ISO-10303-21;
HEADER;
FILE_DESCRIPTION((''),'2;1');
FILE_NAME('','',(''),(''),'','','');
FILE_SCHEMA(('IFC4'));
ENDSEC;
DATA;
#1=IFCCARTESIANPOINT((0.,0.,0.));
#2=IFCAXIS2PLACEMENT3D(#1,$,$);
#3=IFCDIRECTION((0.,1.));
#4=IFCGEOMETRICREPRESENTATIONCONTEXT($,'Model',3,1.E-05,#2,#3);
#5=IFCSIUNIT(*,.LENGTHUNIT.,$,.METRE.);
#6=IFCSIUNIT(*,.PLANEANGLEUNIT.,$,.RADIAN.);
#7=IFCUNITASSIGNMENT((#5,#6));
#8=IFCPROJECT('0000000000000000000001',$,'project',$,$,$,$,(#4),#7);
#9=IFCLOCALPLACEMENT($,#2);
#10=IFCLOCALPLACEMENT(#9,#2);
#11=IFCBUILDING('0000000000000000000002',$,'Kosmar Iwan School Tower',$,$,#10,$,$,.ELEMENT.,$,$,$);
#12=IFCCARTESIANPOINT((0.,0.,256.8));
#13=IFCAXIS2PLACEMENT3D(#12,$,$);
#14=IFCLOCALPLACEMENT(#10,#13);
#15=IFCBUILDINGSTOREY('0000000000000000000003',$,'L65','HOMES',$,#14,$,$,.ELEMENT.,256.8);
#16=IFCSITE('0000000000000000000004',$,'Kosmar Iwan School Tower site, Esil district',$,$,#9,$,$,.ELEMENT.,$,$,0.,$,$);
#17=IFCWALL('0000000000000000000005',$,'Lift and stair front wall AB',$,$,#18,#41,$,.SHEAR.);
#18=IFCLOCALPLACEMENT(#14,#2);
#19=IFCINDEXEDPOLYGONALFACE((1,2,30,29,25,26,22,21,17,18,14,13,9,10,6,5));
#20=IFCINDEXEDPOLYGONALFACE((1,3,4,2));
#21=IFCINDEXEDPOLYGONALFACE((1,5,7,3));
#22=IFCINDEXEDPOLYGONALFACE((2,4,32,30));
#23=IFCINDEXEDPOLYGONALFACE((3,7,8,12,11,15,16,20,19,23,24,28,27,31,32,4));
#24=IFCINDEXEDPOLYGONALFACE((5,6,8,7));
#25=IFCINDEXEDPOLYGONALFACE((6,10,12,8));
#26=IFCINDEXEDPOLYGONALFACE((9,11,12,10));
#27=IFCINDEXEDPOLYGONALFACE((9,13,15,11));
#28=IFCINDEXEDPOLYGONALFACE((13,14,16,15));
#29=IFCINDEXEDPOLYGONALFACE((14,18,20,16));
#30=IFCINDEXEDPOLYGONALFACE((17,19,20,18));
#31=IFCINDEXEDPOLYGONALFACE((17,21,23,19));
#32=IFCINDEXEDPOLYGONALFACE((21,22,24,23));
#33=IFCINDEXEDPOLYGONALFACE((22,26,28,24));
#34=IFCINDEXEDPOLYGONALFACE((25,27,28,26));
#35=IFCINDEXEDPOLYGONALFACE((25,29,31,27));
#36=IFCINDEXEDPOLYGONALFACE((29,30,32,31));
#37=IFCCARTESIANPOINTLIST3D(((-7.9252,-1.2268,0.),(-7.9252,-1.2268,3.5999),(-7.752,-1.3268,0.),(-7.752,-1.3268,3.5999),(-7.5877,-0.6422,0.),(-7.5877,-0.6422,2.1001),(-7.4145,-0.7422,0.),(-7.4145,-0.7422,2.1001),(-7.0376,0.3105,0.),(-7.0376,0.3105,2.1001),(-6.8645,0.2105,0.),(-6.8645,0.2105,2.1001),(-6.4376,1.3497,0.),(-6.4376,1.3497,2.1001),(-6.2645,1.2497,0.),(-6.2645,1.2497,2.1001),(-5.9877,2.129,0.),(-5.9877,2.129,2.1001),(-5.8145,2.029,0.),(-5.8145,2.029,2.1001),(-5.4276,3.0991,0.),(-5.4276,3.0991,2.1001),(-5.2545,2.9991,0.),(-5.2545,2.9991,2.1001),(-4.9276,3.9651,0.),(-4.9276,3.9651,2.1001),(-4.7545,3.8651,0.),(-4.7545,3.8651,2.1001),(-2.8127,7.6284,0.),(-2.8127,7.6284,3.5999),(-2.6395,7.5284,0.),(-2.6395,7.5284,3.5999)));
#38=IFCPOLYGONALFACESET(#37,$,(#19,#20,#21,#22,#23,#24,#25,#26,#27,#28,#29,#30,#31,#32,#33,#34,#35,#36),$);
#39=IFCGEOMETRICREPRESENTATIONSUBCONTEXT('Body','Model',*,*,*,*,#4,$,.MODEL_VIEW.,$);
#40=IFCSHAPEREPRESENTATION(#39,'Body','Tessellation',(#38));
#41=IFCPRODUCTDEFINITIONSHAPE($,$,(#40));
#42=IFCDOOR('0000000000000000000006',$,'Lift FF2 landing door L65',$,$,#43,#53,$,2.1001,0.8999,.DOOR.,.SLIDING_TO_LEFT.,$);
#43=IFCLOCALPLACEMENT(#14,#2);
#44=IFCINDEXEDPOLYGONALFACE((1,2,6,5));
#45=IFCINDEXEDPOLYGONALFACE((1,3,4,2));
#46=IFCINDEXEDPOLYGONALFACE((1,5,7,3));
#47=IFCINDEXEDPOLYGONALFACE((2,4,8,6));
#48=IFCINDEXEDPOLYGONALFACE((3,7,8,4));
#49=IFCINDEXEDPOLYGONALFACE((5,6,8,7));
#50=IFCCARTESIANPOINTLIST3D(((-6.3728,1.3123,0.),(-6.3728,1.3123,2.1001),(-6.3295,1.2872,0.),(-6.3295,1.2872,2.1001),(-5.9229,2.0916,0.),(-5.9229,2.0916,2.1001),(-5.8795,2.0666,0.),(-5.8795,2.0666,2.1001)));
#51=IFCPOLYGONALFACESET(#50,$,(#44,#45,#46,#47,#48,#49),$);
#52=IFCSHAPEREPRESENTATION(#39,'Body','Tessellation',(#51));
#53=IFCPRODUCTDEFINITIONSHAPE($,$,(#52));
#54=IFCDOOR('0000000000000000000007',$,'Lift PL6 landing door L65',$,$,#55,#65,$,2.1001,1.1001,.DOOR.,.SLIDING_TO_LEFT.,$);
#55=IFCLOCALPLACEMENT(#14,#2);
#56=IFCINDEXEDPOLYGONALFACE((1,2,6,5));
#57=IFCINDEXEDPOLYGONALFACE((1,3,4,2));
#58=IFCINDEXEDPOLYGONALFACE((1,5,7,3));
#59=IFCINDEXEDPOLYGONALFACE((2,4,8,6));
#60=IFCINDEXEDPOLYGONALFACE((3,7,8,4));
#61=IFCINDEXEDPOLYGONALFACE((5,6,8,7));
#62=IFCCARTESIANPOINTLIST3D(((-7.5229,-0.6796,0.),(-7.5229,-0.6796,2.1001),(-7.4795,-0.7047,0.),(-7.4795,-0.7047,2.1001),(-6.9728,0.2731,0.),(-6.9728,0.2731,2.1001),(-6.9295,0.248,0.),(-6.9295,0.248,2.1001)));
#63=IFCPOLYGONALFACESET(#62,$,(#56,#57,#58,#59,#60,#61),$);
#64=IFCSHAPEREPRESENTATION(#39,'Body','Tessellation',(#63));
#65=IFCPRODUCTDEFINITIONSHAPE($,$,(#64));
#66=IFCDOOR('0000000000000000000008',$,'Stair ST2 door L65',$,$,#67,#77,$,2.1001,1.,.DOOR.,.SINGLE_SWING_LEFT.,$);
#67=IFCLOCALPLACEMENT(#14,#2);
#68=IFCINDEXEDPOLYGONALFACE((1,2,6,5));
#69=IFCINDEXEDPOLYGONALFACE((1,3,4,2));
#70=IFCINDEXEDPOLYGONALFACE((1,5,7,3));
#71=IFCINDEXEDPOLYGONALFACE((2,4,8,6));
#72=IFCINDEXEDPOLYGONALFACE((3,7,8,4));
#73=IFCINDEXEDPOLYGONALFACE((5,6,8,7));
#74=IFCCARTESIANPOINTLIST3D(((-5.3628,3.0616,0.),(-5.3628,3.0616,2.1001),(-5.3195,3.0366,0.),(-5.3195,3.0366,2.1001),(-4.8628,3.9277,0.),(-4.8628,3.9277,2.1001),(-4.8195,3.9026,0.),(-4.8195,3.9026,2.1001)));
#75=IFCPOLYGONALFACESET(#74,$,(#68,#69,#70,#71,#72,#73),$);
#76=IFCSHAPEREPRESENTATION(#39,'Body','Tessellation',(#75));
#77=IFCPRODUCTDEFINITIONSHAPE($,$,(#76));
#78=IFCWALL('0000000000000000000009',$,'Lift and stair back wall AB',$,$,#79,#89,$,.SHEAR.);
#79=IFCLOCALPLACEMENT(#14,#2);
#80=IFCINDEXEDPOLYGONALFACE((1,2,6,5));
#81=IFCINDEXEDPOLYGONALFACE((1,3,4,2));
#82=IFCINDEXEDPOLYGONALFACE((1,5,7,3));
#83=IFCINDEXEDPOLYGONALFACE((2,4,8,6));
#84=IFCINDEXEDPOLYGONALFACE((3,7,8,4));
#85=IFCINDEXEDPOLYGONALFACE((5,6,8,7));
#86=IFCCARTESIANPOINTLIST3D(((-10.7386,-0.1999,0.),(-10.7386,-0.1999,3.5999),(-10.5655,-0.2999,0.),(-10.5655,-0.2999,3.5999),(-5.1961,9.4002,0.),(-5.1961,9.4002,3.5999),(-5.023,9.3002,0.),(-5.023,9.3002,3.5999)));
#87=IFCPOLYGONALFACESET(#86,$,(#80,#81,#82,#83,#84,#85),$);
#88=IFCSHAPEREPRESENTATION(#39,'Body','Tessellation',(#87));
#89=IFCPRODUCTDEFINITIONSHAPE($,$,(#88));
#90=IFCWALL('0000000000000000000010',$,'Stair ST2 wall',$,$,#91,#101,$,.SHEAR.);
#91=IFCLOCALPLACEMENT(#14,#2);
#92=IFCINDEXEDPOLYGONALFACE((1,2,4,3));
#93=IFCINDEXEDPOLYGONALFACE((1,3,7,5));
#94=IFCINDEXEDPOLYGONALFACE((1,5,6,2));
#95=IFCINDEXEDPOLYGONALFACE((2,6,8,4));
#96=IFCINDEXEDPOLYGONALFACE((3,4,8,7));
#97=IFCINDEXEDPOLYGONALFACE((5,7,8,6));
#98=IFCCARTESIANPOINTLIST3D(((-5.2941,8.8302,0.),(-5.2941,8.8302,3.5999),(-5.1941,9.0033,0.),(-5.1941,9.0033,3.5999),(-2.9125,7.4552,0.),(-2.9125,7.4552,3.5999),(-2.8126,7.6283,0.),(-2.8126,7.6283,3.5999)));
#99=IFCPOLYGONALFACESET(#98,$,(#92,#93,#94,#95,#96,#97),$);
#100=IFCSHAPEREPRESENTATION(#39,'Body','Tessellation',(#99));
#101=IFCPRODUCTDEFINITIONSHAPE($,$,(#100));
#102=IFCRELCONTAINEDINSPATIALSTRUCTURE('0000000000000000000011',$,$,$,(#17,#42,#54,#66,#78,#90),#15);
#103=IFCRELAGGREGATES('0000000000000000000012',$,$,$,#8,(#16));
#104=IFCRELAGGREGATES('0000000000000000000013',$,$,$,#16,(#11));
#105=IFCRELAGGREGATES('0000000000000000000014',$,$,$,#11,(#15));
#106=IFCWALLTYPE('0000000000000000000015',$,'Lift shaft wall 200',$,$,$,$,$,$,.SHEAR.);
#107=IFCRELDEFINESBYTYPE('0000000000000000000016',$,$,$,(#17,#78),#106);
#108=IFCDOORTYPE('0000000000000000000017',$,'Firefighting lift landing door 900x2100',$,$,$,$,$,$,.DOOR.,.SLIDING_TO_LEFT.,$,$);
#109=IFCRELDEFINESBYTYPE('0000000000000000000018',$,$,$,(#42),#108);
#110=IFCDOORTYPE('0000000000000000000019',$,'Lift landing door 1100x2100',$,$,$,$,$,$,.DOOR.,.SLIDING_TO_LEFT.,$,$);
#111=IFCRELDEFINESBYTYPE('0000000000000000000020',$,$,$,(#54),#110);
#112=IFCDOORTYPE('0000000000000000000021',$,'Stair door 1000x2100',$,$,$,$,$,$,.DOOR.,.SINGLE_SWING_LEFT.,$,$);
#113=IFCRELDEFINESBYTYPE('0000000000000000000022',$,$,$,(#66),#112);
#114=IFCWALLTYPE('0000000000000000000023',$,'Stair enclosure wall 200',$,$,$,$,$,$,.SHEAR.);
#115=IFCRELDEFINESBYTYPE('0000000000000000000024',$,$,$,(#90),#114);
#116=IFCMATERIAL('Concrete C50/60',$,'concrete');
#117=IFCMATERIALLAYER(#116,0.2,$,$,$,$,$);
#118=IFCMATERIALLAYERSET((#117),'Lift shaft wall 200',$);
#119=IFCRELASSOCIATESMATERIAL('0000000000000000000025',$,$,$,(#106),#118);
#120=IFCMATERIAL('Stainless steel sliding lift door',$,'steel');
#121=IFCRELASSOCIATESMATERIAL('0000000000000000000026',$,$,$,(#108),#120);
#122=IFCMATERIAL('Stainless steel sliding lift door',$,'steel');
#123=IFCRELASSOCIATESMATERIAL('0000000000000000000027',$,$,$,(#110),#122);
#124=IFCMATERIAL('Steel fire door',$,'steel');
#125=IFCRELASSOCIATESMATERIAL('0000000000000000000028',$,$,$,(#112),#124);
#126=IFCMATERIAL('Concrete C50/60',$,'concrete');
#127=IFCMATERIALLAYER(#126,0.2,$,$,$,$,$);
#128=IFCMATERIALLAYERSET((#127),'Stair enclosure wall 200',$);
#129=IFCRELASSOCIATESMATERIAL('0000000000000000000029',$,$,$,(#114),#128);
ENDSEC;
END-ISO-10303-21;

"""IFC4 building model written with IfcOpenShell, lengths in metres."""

from ifc_helpers import new_model, si_unit, direction, frame, frame_2d, origin, place, context, subcontext, project, spatial, rectangle, extrude, material, layer, layer_set, type_object, element, fill, save


model = new_model("IFC4")

# Units and contexts
model_context = context("Model", 3, precision=1e-05, world=origin(), true_north=direction((0.0, 1.0)))
body_context = subcontext(model_context, "Body", "Model", "MODEL_VIEW")
ifc_project = project(units=[si_unit("LENGTHUNIT", "METRE"), si_unit("PLANEANGLEUNIT", "RADIAN")], contexts=[model_context])

# Site, building, storey
site_placement = place(None, origin())
site = spatial("IfcSite", under=ifc_project, at=site_placement, Name="Kosmar Iwan School Tower site, Esil district", CompositionType="ELEMENT", RefElevation=0.0)
building_placement = place(site_placement, origin())
building = spatial("IfcBuilding", under=site, at=building_placement, Name="Kosmar Iwan School Tower", CompositionType="ELEMENT")
storey_placement = place(building_placement, frame((0.0, 0.0, 256.8)))
storey = spatial("IfcBuildingStorey", under=building, at=storey_placement, Name="L65", Description="HOMES", CompositionType="ELEMENT", Elevation=256.8)

# Wall, openings, doors
ifc_material_1 = material(Name="Concrete C50/60", Category="concrete")
ifc_layer_1 = layer(ifc_material_1, 0.2)
ifc_layer_set_1 = layer_set([ifc_layer_1], Name="Lift shaft wall 200")
wall_type_1 = type_object("IfcWallType", Name="Lift shaft wall 200", PredefinedType="SHEAR", material=ifc_layer_set_1)
wall_1_placement = place(storey_placement, frame((-2.7261, 7.5784, 0.0), z_axis=(0.0, 0.0, 1.0), x_axis=(-0.499999, -0.866026, 0.0)))
wall_1 = element("IfcWall", 1, at=wall_1_placement, inside=storey, type_object=wall_type_1, Name="Lift and stair front wall AB", PredefinedType="SHEAR", context=body_context, shape_type="SweptSolid", body=[
    extrude(rectangle(XDim=10.2251, YDim=0.2, at=frame_2d((5.1125, 0.0))), origin(), (0.0, 0.0, 1.0), 3.5999),
])
opening_1_placement = place(wall_1_placement, frame((6.3501, 0.0, 0.0)))
opening_1 = element("IfcOpeningElement", 2, at=opening_1_placement, cuts=wall_1, PredefinedType="OPENING", context=body_context, shape_type="SweptSolid", body=[
    extrude(rectangle(XDim=0.8999, YDim=2.1001, at=frame_2d((0.45, 1.05))), frame((0.0, 0.1121, 0.0), z_axis=(0.0, -1.0, 0.0), x_axis=(1.0, 0.0, 0.0)), (0.0, 0.0, 1.0), 0.2239),
])
opening_2_placement = place(wall_1_placement, frame((8.45, 0.0, 0.0)))
opening_2 = element("IfcOpeningElement", 3, at=opening_2_placement, cuts=wall_1, PredefinedType="OPENING", context=body_context, shape_type="SweptSolid", body=[
    extrude(rectangle(XDim=1.1001, YDim=2.1001, at=frame_2d((0.55, 1.05))), frame((0.0, 0.1121, 0.0), z_axis=(0.0, -1.0, 0.0), x_axis=(1.0, 0.0, 0.0)), (0.0, 0.0, 1.0), 0.2239),
])
opening_3_placement = place(wall_1_placement, frame((4.23, 0.0, 0.0)))
opening_3 = element("IfcOpeningElement", 4, at=opening_3_placement, cuts=wall_1, PredefinedType="OPENING", context=body_context, shape_type="SweptSolid", body=[
    extrude(rectangle(XDim=1.0, YDim=2.1001, at=frame_2d((0.5, 1.05))), frame((0.0, 0.1121, 0.0), z_axis=(0.0, -1.0, 0.0), x_axis=(1.0, 0.0, 0.0)), (0.0, 0.0, 1.0), 0.2239),
])
ifc_material_2 = material(Name="Stainless steel sliding lift door", Category="steel")
door_type_1 = type_object("IfcDoorType", Name="Firefighting lift landing door 900x2100", OperationType="SLIDING_TO_LEFT", PredefinedType="DOOR", material=ifc_material_2)
door_1_placement = place(opening_1_placement, origin())
door_1 = element("IfcDoor", 5, at=door_1_placement, inside=storey, type_object=door_type_1, Name="Lift FF2 landing door L65", OperationType="SLIDING_TO_LEFT", OverallHeight=2.1001, OverallWidth=0.8999, PredefinedType="DOOR", context=body_context, shape_type="SweptSolid", body=[
    extrude(rectangle(XDim=0.8999, YDim=2.1001, at=frame_2d((0.45, 1.05))), frame((0.0, 0.0249, 0.0), z_axis=(0.0, -1.0, 0.0), x_axis=(1.0, 0.0, 0.0)), (0.0, 0.0, 1.0), 0.05),
])
fill(opening_1, door_1)
ifc_material_3 = material(Name="Stainless steel sliding lift door", Category="steel")
door_type_2 = type_object("IfcDoorType", Name="Lift landing door 1100x2100", OperationType="SLIDING_TO_LEFT", PredefinedType="DOOR", material=ifc_material_3)
door_2_placement = place(opening_2_placement, origin())
door_2 = element("IfcDoor", 6, at=door_2_placement, inside=storey, type_object=door_type_2, Name="Lift PL6 landing door L65", OperationType="SLIDING_TO_LEFT", OverallHeight=2.1001, OverallWidth=1.1001, PredefinedType="DOOR", context=body_context, shape_type="SweptSolid", body=[
    extrude(rectangle(XDim=1.1001, YDim=2.1001, at=frame_2d((0.55, 1.05))), frame((0.0, 0.0249, 0.0), z_axis=(0.0, -1.0, 0.0), x_axis=(1.0, 0.0, 0.0)), (0.0, 0.0, 1.0), 0.05),
])
fill(opening_2, door_2)
ifc_material_4 = material(Name="Steel fire door", Category="steel")
door_type_3 = type_object("IfcDoorType", Name="Stair door 1000x2100", OperationType="SINGLE_SWING_LEFT", PredefinedType="DOOR", material=ifc_material_4)
door_3_placement = place(opening_3_placement, origin())
door_3 = element("IfcDoor", 7, at=door_3_placement, inside=storey, type_object=door_type_3, Name="Stair ST2 door L65", OperationType="SINGLE_SWING_LEFT", OverallHeight=2.1001, OverallWidth=1.0, PredefinedType="DOOR", context=body_context, shape_type="SweptSolid", body=[
    extrude(rectangle(XDim=1.0, YDim=2.1001, at=frame_2d((0.5, 1.05))), frame((0.0, 0.0249, 0.0), z_axis=(0.0, -1.0, 0.0), x_axis=(1.0, 0.0, 0.0)), (0.0, 0.0, 1.0), 0.05),
])
fill(opening_3, door_3)

# Walls
wall_2_placement = place(storey_placement, frame((-5.1096, 9.3501, 0.0), z_axis=(0.0, 0.0, 1.0), x_axis=(-0.499991, -0.866031, 0.0)))
element("IfcWall", 8, at=wall_2_placement, inside=storey, type_object=wall_type_1, Name="Lift and stair back wall AB", PredefinedType="SHEAR", context=body_context, shape_type="SweptSolid", body=[
    extrude(rectangle(XDim=11.0852, YDim=0.2, at=frame_2d((5.5425, 0.0))), origin(), (0.0, 0.0, 1.0), 3.5999),
])
ifc_material_5 = material(Name="Concrete C50/60", Category="concrete")
ifc_layer_2 = layer(ifc_material_5, 0.2)
ifc_layer_set_2 = layer_set([ifc_layer_2], Name="Stair enclosure wall 200")
wall_type_2 = type_object("IfcWallType", Name="Stair enclosure wall 200", PredefinedType="SHEAR", material=ifc_layer_set_2)
wall_3_placement = place(storey_placement, frame((-2.8625, 7.5417, 0.0), z_axis=(0.0, 0.0, 1.0), x_axis=(-0.866027, 0.499997, 0.0)))
element("IfcWall", 9, at=wall_3_placement, inside=storey, type_object=wall_type_2, Name="Stair ST2 wall", PredefinedType="SHEAR", context=body_context, shape_type="SweptSolid", body=[
    extrude(rectangle(XDim=2.75, YDim=0.2, at=frame_2d((1.375, 0.0))), origin(), (0.0, 0.0, 1.0), 3.5999),
])

save(model, "model.ifc")
